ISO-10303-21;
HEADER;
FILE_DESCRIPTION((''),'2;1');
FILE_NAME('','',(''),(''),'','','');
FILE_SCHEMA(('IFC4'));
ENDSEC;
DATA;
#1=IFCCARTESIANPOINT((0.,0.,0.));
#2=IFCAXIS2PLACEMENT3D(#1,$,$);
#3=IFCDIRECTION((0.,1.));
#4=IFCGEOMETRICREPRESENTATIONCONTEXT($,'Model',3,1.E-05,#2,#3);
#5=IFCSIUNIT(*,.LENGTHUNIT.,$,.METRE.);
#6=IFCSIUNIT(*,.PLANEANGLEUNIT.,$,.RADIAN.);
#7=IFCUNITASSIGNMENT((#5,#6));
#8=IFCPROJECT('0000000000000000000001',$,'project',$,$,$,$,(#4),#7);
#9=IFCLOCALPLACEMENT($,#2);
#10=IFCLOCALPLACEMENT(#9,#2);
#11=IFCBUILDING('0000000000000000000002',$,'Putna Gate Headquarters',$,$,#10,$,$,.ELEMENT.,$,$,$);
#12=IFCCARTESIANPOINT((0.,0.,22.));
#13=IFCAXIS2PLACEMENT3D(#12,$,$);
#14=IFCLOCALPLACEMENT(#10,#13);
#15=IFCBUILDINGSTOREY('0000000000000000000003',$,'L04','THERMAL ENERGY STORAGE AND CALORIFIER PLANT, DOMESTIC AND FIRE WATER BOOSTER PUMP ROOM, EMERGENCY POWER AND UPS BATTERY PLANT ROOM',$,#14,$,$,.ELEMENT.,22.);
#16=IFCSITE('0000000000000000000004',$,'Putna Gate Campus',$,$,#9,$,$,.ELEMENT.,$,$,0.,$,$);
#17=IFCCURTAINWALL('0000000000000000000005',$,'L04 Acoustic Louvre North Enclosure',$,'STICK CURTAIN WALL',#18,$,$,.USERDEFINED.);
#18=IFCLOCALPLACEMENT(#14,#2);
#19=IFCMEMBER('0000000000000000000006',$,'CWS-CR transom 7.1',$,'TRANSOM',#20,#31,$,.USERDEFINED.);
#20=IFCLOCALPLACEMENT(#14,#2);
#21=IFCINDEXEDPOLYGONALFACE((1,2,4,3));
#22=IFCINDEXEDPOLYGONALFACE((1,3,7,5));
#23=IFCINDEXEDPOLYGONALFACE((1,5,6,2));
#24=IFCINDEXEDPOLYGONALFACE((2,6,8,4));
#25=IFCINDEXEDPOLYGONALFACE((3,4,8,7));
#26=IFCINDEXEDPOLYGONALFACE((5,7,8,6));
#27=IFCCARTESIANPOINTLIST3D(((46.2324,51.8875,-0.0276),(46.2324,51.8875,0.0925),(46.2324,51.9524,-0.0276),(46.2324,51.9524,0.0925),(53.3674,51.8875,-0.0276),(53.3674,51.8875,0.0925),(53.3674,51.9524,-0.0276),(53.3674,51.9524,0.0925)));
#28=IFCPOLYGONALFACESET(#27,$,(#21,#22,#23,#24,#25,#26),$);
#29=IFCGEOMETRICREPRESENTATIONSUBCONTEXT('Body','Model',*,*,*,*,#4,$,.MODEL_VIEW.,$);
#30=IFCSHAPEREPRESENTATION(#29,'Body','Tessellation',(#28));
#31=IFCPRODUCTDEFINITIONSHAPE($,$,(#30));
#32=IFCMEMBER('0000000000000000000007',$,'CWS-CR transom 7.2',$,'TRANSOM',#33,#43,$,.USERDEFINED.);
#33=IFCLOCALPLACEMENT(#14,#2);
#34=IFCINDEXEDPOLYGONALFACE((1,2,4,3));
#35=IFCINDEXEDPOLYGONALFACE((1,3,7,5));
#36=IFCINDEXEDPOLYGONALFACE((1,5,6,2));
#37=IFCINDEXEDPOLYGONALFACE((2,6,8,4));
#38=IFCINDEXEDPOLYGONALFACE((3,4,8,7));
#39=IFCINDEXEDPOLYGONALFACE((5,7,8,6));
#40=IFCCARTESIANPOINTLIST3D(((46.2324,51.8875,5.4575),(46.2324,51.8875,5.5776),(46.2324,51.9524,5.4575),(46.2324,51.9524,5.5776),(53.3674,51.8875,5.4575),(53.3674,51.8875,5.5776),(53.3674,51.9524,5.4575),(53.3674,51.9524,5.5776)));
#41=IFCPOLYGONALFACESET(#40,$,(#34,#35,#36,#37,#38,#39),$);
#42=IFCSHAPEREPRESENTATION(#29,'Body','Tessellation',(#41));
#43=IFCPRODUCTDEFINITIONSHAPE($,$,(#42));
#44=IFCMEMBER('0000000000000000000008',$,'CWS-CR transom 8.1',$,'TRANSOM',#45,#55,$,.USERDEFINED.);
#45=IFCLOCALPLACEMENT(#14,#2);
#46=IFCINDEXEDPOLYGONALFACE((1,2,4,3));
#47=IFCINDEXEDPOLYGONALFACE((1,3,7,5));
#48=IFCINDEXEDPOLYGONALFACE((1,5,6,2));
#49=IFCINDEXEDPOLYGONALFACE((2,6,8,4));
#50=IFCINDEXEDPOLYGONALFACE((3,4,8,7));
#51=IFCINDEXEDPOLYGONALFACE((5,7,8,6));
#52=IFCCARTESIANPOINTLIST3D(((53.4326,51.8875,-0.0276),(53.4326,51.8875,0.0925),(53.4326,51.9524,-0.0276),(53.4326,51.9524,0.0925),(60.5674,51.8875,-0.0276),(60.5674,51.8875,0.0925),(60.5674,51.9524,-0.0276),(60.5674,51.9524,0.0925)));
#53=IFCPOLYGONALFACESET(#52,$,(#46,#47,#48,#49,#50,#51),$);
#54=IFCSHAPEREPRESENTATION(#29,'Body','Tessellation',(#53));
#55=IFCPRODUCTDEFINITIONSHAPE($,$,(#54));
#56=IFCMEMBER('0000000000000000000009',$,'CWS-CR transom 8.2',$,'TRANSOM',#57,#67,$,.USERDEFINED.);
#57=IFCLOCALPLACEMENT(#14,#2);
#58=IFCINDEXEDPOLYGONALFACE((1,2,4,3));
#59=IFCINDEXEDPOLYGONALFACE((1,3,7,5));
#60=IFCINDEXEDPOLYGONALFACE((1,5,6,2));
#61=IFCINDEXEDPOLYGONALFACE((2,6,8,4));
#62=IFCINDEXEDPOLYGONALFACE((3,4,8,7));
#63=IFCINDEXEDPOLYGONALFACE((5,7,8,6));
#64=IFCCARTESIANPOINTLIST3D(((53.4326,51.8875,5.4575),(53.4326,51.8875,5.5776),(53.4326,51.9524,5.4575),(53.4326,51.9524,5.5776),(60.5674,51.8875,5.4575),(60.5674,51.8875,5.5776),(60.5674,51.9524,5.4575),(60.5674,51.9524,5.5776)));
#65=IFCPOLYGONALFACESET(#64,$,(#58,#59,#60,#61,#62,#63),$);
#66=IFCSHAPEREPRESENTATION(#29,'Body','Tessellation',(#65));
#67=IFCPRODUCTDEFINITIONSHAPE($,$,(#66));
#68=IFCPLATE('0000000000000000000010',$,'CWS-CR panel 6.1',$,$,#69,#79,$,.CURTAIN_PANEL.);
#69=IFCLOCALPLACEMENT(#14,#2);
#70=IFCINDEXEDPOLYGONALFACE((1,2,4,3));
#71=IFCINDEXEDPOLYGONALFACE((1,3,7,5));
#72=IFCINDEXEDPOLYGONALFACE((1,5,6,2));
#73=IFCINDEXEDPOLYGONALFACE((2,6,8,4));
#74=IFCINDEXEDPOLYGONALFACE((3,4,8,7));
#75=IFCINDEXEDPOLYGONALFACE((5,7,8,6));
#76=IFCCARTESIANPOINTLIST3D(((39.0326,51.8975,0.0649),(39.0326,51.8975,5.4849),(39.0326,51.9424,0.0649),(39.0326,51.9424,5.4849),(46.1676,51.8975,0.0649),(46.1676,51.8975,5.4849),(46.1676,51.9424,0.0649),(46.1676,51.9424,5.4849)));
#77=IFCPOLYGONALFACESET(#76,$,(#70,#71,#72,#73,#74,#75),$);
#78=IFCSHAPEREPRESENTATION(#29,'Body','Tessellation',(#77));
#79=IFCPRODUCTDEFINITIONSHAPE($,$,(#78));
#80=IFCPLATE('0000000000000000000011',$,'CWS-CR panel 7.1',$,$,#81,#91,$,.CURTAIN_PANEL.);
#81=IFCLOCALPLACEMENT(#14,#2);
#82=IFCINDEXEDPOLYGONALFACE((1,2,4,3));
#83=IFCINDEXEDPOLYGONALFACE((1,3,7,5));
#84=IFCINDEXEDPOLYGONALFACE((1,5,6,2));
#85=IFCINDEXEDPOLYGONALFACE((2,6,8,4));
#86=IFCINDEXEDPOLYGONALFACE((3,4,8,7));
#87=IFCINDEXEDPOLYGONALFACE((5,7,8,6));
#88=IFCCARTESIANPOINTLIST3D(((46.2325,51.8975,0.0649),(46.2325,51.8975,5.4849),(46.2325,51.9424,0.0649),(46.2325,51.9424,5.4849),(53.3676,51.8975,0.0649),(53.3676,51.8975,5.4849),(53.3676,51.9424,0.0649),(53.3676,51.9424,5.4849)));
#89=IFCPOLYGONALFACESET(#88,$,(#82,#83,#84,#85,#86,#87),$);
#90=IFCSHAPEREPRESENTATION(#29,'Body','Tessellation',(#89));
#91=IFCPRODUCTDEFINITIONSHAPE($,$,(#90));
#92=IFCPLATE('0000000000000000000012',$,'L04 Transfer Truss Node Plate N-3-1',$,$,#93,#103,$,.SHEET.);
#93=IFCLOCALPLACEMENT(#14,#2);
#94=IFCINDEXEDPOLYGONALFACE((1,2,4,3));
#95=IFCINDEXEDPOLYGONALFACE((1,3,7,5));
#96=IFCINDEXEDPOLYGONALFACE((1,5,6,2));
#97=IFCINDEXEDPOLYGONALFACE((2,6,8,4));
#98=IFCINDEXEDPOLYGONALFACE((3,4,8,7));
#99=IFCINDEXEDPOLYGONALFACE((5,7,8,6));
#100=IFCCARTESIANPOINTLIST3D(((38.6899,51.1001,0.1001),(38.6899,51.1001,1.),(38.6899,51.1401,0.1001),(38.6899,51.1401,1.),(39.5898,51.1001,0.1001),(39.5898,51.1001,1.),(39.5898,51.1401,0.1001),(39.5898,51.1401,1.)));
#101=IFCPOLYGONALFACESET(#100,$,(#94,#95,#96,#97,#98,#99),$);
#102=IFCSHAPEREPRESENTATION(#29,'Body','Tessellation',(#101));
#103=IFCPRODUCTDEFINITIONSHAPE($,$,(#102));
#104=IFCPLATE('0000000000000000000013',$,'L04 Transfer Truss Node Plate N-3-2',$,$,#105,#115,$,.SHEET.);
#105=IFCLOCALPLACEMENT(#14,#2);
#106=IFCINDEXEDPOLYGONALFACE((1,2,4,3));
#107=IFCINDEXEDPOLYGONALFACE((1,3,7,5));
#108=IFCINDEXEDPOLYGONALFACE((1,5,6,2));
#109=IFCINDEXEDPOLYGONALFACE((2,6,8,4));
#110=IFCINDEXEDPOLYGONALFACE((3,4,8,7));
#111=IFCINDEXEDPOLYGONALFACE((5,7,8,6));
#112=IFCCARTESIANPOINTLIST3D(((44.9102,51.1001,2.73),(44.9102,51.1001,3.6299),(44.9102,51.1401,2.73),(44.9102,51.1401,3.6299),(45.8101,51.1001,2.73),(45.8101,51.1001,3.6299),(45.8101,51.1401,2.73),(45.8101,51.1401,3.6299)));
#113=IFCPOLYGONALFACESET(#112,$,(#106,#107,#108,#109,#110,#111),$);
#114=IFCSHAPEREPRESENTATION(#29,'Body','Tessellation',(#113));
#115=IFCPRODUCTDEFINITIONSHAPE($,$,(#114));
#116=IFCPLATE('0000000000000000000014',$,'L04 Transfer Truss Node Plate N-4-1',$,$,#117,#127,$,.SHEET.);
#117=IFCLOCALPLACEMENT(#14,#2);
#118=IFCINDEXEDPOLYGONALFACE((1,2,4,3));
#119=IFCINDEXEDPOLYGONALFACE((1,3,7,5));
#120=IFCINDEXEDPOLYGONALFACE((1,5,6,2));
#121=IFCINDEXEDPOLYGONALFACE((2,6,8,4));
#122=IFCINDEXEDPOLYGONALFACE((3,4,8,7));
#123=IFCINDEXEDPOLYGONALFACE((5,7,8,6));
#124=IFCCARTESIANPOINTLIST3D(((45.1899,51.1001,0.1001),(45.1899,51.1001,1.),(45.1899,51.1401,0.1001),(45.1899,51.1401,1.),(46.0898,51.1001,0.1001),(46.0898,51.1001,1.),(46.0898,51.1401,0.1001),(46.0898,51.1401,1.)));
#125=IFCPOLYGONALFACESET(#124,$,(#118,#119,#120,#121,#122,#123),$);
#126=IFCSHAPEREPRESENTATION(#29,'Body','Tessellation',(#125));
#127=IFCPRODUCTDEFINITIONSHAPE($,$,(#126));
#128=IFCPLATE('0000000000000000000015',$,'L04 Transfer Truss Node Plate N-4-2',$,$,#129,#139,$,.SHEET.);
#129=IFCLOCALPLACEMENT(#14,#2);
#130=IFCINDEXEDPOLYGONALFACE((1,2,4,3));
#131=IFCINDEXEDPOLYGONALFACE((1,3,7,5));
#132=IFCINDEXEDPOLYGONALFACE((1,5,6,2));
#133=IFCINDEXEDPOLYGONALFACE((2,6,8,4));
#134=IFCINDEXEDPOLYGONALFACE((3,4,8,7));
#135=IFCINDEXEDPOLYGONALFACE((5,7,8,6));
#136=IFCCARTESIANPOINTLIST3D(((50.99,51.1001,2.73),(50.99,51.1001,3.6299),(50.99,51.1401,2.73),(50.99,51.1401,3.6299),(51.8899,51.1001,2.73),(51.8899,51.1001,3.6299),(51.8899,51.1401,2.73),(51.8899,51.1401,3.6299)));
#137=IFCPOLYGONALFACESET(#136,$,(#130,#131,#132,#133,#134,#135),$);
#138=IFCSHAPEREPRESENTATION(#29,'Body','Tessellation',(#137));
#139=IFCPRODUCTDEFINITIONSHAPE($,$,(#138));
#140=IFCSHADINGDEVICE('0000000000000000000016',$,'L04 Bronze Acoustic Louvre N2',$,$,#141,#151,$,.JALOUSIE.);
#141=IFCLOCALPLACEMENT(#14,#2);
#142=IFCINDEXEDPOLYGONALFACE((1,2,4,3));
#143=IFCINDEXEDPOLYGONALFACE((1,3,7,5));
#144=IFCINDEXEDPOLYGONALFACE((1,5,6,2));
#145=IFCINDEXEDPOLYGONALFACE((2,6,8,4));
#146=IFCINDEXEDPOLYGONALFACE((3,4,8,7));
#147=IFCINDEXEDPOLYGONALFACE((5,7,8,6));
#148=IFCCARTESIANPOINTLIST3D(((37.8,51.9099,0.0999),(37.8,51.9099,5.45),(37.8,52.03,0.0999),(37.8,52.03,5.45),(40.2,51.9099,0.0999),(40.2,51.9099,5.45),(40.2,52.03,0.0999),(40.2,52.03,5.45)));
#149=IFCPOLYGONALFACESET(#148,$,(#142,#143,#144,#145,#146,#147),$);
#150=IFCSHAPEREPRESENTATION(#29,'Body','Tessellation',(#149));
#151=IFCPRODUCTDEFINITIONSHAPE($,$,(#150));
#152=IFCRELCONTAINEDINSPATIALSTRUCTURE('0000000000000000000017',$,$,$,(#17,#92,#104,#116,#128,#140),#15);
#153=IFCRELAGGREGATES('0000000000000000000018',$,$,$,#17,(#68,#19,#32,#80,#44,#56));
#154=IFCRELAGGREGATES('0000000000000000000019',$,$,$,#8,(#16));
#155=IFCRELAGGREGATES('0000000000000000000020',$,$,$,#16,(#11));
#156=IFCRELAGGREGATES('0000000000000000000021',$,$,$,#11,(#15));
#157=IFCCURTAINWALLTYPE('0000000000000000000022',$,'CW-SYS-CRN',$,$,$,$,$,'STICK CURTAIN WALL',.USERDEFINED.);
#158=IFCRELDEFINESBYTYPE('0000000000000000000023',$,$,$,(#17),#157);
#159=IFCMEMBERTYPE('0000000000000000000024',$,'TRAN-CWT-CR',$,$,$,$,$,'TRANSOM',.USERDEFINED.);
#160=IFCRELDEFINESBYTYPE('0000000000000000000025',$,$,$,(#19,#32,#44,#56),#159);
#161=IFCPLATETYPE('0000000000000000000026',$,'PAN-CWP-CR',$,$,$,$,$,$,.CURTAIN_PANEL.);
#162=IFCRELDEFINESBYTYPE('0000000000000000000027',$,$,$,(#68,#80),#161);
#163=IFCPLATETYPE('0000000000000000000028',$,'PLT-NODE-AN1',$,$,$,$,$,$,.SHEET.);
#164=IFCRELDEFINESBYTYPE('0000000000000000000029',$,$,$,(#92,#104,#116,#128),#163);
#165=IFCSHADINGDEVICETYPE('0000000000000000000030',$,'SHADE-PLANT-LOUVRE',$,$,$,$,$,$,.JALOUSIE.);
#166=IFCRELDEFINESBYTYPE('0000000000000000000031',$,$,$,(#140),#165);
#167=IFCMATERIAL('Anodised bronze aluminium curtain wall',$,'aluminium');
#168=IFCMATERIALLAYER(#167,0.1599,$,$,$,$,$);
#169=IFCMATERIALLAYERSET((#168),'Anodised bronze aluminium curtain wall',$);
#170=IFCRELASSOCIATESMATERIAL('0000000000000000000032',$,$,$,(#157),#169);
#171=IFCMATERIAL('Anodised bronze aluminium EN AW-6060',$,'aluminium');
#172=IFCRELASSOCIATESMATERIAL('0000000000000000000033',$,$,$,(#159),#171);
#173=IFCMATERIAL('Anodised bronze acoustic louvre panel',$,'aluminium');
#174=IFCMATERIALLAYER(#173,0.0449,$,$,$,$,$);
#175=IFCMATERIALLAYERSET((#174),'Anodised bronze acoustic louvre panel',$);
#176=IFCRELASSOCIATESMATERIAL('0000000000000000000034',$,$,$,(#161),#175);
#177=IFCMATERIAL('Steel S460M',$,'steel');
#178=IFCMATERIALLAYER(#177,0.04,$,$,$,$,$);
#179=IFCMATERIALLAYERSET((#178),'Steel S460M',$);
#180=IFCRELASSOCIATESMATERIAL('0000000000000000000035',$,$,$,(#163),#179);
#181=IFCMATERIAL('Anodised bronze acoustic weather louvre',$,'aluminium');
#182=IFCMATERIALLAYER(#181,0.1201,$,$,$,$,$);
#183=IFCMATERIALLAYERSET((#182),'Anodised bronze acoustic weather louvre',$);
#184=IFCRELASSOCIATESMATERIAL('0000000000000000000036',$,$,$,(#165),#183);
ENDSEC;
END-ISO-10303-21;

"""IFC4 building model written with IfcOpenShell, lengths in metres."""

from ifc_helpers import new_model, si_unit, direction, frame, origin, origin_2d, place, context, subcontext, project, spatial, rectangle, extrude, material, layer, layer_set, material_profile, profile_set, type_object, element, aggregate, save


model = new_model("IFC4")

# Units and contexts
model_context = context("Model", 3, precision=1e-05, world=origin(), true_north=direction((0.0, 1.0)))
body_context = subcontext(model_context, "Body", "Model", "MODEL_VIEW")
ifc_project = project(units=[si_unit("LENGTHUNIT", "METRE"), si_unit("PLANEANGLEUNIT", "RADIAN")], contexts=[model_context])

# Site, building, storey
site_placement = place(None, origin())
site = spatial("IfcSite", under=ifc_project, at=site_placement, Name="Putna Gate Campus", CompositionType="ELEMENT", RefElevation=0.0)
building_placement = place(site_placement, origin())
building = spatial("IfcBuilding", under=site, at=building_placement, Name="Putna Gate Headquarters", CompositionType="ELEMENT")
storey_placement = place(building_placement, frame((0.0, 0.0, 22.0)))
storey = spatial("IfcBuildingStorey", under=building, at=storey_placement, Name="L04", Description="THERMAL ENERGY STORAGE AND CALORIFIER PLANT, DOMESTIC AND FIRE WATER BOOSTER PUMP ROOM, EMERGENCY POWER AND UPS BATTERY PLANT ROOM", CompositionType="ELEMENT", Elevation=22.0)

# Shared definitions
ifc_material_1 = material(Name="Steel S460M", Category="steel")

# Curtain wall, members, plates
ifc_material_2 = material(Name="Anodised bronze aluminium curtain wall", Category="aluminium")
ifc_layer_1 = layer(ifc_material_2, 0.1599)
ifc_layer_set_1 = layer_set([ifc_layer_1], Name="Anodised bronze aluminium curtain wall")
curtain_wall_type = type_object("IfcCurtainWallType", Name="CW-SYS-CRN", ElementType="STICK CURTAIN WALL", PredefinedType="USERDEFINED", material=ifc_layer_set_1)
curtain_wall_placement = place(storey_placement, origin())
curtain_wall = element("IfcCurtainWall", 1, at=curtain_wall_placement, inside=storey, type_object=curtain_wall_type, Name="L04 Acoustic Louvre North Enclosure", ObjectType="STICK CURTAIN WALL", PredefinedType="USERDEFINED")
ifc_material_3 = material(Name="Anodised bronze aluminium EN AW-6060", Category="aluminium")
ifc_material_profile_1 = material_profile(ifc_material_3, rectangle(XDim=0.0649, YDim=0.1201, at=origin_2d()), Name="Anodised bronze aluminium EN AW-6060")
ifc_profile_set_1 = profile_set([ifc_material_profile_1], Name="Anodised bronze aluminium EN AW-6060")
member_type_1 = type_object("IfcMemberType", Name="TRAN-CWT-CR", ElementType="TRANSOM", PredefinedType="USERDEFINED", material=ifc_profile_set_1)
member_1_placement = place(storey_placement, frame((46.2324, 51.9199, 0.0325), z_axis=(1.0, 0.0, 0.0), x_axis=(0.0, 1.0, 0.0)))
member_1 = element("IfcMember", 2, at=member_1_placement, type_object=member_type_1, Name="CWS-CR transom 7.1", ObjectType="TRANSOM", PredefinedType="USERDEFINED", context=body_context, shape_type="SweptSolid", body=[
    extrude(rectangle(XDim=0.0649, YDim=0.1201, at=origin_2d()), origin(), (0.0, 0.0, 1.0), 7.135),
])
member_2_placement = place(storey_placement, frame((46.2324, 51.9199, 5.5176), z_axis=(1.0, 0.0, 0.0), x_axis=(0.0, 1.0, 0.0)))
member_2 = element("IfcMember", 3, at=member_2_placement, type_object=member_type_1, Name="CWS-CR transom 7.2", ObjectType="TRANSOM", PredefinedType="USERDEFINED", context=body_context, shape_type="SweptSolid", body=[
    extrude(rectangle(XDim=0.0649, YDim=0.1201, at=origin_2d()), origin(), (0.0, 0.0, 1.0), 7.135),
])
member_3_placement = place(storey_placement, frame((53.4326, 51.9199, 0.0325), z_axis=(1.0, 0.0, 0.0), x_axis=(0.0, 1.0, 0.0)))
member_3 = element("IfcMember", 4, at=member_3_placement, type_object=member_type_1, Name="CWS-CR transom 8.1", ObjectType="TRANSOM", PredefinedType="USERDEFINED", context=body_context, shape_type="SweptSolid", body=[
    extrude(rectangle(XDim=0.0649, YDim=0.1201, at=origin_2d()), origin(), (0.0, 0.0, 1.0), 7.1348),
])
member_4_placement = place(storey_placement, frame((53.4326, 51.9199, 5.5176), z_axis=(1.0, 0.0, 0.0), x_axis=(0.0, 1.0, 0.0)))
member_4 = element("IfcMember", 5, at=member_4_placement, type_object=member_type_1, Name="CWS-CR transom 8.2", ObjectType="TRANSOM", PredefinedType="USERDEFINED", context=body_context, shape_type="SweptSolid", body=[
    extrude(rectangle(XDim=0.0649, YDim=0.1201, at=origin_2d()), origin(), (0.0, 0.0, 1.0), 7.1348),
])
ifc_material_4 = material(Name="Anodised bronze acoustic louvre panel", Category="aluminium")
ifc_layer_2 = layer(ifc_material_4, 0.0449)
ifc_layer_set_2 = layer_set([ifc_layer_2], Name="Anodised bronze acoustic louvre panel")
plate_type_1 = type_object("IfcPlateType", Name="PAN-CWP-CR", PredefinedType="CURTAIN_PANEL", material=ifc_layer_set_2)
plate_1_placement = place(storey_placement, frame((42.6001, 51.9199, 0.0649), z_axis=(0.0, 0.0, 1.0), x_axis=(1.0, 0.0, 0.0)))
plate_1 = element("IfcPlate", 6, at=plate_1_placement, type_object=plate_type_1, Name="CWS-CR panel 6.1", PredefinedType="CURTAIN_PANEL", context=body_context, shape_type="SweptSolid", body=[
    extrude(rectangle(XDim=7.135, YDim=0.0449, at=origin_2d()), origin(), (0.0, 0.0, 1.0), 5.4199),
])
plate_2_placement = place(storey_placement, frame((49.8, 51.9199, 0.0649), z_axis=(0.0, 0.0, 1.0), x_axis=(1.0, 0.0, 0.0)))
plate_2 = element("IfcPlate", 7, at=plate_2_placement, type_object=plate_type_1, Name="CWS-CR panel 7.1", PredefinedType="CURTAIN_PANEL", context=body_context, shape_type="SweptSolid", body=[
    extrude(rectangle(XDim=7.135, YDim=0.0449, at=origin_2d()), origin(), (0.0, 0.0, 1.0), 5.4199),
])
aggregate(curtain_wall, [plate_1, member_1, member_2, plate_2, member_3, member_4])

# Plates
ifc_layer_3 = layer(ifc_material_1, 0.04)
ifc_layer_set_3 = layer_set([ifc_layer_3], Name="Steel S460M")
plate_type_2 = type_object("IfcPlateType", Name="PLT-NODE-AN1", PredefinedType="SHEET", material=ifc_layer_set_3)
for number, where, z_axis, x_axis, name in (
    (8, (39.1399, 51.1201, 0.1001), (0.0, 0.0, 1.0), (1.0, 0.0, 0.0), "L04 Transfer Truss Node Plate N-3-1"),
    (9, (45.3601, 51.1201, 2.73), (0.0, 0.0, 1.0), (1.0, 0.0, 0.0), "L04 Transfer Truss Node Plate N-3-2"),
    (10, (45.6399, 51.1201, 0.1001), (0.0, 0.0, 1.0), (1.0, 0.0, 0.0), "L04 Transfer Truss Node Plate N-4-1"),
    (11, (51.4399, 51.1201, 2.73), (0.0, 0.0, 1.0), (1.0, 0.0, 0.0), "L04 Transfer Truss Node Plate N-4-2"),
):
    element("IfcPlate", number, at=place(storey_placement, frame(where, z_axis=z_axis, x_axis=x_axis)), inside=storey, type_object=plate_type_2, Name=name, PredefinedType="SHEET", context=body_context, shape_type="SweptSolid", body=[
        extrude(rectangle(XDim=0.8999, YDim=0.04, at=origin_2d()), origin(), (0.0, 0.0, 1.0), 0.8999),
    ])

# Shading device
ifc_material_5 = material(Name="Anodised bronze acoustic weather louvre", Category="aluminium")
ifc_layer_4 = layer(ifc_material_5, 0.1201)
ifc_layer_set_4 = layer_set([ifc_layer_4], Name="Anodised bronze acoustic weather louvre")
shading_device_type = type_object("IfcShadingDeviceType", Name="SHADE-PLANT-LOUVRE", PredefinedType="JALOUSIE", material=ifc_layer_set_4)
shading_device_placement = place(storey_placement, frame((39.0, 51.97, 0.0999), z_axis=(0.0, 0.0, 1.0), x_axis=(1.0, 0.0, 0.0)))
element("IfcShadingDevice", 12, at=shading_device_placement, inside=storey, type_object=shading_device_type, Name="L04 Bronze Acoustic Louvre N2", PredefinedType="JALOUSIE", context=body_context, shape_type="SweptSolid", body=[
    extrude(rectangle(XDim=2.3999, YDim=0.1201, at=origin_2d()), origin(), (0.0, 0.0, 1.0), 5.3501),
])

save(model, "model.ifc")
